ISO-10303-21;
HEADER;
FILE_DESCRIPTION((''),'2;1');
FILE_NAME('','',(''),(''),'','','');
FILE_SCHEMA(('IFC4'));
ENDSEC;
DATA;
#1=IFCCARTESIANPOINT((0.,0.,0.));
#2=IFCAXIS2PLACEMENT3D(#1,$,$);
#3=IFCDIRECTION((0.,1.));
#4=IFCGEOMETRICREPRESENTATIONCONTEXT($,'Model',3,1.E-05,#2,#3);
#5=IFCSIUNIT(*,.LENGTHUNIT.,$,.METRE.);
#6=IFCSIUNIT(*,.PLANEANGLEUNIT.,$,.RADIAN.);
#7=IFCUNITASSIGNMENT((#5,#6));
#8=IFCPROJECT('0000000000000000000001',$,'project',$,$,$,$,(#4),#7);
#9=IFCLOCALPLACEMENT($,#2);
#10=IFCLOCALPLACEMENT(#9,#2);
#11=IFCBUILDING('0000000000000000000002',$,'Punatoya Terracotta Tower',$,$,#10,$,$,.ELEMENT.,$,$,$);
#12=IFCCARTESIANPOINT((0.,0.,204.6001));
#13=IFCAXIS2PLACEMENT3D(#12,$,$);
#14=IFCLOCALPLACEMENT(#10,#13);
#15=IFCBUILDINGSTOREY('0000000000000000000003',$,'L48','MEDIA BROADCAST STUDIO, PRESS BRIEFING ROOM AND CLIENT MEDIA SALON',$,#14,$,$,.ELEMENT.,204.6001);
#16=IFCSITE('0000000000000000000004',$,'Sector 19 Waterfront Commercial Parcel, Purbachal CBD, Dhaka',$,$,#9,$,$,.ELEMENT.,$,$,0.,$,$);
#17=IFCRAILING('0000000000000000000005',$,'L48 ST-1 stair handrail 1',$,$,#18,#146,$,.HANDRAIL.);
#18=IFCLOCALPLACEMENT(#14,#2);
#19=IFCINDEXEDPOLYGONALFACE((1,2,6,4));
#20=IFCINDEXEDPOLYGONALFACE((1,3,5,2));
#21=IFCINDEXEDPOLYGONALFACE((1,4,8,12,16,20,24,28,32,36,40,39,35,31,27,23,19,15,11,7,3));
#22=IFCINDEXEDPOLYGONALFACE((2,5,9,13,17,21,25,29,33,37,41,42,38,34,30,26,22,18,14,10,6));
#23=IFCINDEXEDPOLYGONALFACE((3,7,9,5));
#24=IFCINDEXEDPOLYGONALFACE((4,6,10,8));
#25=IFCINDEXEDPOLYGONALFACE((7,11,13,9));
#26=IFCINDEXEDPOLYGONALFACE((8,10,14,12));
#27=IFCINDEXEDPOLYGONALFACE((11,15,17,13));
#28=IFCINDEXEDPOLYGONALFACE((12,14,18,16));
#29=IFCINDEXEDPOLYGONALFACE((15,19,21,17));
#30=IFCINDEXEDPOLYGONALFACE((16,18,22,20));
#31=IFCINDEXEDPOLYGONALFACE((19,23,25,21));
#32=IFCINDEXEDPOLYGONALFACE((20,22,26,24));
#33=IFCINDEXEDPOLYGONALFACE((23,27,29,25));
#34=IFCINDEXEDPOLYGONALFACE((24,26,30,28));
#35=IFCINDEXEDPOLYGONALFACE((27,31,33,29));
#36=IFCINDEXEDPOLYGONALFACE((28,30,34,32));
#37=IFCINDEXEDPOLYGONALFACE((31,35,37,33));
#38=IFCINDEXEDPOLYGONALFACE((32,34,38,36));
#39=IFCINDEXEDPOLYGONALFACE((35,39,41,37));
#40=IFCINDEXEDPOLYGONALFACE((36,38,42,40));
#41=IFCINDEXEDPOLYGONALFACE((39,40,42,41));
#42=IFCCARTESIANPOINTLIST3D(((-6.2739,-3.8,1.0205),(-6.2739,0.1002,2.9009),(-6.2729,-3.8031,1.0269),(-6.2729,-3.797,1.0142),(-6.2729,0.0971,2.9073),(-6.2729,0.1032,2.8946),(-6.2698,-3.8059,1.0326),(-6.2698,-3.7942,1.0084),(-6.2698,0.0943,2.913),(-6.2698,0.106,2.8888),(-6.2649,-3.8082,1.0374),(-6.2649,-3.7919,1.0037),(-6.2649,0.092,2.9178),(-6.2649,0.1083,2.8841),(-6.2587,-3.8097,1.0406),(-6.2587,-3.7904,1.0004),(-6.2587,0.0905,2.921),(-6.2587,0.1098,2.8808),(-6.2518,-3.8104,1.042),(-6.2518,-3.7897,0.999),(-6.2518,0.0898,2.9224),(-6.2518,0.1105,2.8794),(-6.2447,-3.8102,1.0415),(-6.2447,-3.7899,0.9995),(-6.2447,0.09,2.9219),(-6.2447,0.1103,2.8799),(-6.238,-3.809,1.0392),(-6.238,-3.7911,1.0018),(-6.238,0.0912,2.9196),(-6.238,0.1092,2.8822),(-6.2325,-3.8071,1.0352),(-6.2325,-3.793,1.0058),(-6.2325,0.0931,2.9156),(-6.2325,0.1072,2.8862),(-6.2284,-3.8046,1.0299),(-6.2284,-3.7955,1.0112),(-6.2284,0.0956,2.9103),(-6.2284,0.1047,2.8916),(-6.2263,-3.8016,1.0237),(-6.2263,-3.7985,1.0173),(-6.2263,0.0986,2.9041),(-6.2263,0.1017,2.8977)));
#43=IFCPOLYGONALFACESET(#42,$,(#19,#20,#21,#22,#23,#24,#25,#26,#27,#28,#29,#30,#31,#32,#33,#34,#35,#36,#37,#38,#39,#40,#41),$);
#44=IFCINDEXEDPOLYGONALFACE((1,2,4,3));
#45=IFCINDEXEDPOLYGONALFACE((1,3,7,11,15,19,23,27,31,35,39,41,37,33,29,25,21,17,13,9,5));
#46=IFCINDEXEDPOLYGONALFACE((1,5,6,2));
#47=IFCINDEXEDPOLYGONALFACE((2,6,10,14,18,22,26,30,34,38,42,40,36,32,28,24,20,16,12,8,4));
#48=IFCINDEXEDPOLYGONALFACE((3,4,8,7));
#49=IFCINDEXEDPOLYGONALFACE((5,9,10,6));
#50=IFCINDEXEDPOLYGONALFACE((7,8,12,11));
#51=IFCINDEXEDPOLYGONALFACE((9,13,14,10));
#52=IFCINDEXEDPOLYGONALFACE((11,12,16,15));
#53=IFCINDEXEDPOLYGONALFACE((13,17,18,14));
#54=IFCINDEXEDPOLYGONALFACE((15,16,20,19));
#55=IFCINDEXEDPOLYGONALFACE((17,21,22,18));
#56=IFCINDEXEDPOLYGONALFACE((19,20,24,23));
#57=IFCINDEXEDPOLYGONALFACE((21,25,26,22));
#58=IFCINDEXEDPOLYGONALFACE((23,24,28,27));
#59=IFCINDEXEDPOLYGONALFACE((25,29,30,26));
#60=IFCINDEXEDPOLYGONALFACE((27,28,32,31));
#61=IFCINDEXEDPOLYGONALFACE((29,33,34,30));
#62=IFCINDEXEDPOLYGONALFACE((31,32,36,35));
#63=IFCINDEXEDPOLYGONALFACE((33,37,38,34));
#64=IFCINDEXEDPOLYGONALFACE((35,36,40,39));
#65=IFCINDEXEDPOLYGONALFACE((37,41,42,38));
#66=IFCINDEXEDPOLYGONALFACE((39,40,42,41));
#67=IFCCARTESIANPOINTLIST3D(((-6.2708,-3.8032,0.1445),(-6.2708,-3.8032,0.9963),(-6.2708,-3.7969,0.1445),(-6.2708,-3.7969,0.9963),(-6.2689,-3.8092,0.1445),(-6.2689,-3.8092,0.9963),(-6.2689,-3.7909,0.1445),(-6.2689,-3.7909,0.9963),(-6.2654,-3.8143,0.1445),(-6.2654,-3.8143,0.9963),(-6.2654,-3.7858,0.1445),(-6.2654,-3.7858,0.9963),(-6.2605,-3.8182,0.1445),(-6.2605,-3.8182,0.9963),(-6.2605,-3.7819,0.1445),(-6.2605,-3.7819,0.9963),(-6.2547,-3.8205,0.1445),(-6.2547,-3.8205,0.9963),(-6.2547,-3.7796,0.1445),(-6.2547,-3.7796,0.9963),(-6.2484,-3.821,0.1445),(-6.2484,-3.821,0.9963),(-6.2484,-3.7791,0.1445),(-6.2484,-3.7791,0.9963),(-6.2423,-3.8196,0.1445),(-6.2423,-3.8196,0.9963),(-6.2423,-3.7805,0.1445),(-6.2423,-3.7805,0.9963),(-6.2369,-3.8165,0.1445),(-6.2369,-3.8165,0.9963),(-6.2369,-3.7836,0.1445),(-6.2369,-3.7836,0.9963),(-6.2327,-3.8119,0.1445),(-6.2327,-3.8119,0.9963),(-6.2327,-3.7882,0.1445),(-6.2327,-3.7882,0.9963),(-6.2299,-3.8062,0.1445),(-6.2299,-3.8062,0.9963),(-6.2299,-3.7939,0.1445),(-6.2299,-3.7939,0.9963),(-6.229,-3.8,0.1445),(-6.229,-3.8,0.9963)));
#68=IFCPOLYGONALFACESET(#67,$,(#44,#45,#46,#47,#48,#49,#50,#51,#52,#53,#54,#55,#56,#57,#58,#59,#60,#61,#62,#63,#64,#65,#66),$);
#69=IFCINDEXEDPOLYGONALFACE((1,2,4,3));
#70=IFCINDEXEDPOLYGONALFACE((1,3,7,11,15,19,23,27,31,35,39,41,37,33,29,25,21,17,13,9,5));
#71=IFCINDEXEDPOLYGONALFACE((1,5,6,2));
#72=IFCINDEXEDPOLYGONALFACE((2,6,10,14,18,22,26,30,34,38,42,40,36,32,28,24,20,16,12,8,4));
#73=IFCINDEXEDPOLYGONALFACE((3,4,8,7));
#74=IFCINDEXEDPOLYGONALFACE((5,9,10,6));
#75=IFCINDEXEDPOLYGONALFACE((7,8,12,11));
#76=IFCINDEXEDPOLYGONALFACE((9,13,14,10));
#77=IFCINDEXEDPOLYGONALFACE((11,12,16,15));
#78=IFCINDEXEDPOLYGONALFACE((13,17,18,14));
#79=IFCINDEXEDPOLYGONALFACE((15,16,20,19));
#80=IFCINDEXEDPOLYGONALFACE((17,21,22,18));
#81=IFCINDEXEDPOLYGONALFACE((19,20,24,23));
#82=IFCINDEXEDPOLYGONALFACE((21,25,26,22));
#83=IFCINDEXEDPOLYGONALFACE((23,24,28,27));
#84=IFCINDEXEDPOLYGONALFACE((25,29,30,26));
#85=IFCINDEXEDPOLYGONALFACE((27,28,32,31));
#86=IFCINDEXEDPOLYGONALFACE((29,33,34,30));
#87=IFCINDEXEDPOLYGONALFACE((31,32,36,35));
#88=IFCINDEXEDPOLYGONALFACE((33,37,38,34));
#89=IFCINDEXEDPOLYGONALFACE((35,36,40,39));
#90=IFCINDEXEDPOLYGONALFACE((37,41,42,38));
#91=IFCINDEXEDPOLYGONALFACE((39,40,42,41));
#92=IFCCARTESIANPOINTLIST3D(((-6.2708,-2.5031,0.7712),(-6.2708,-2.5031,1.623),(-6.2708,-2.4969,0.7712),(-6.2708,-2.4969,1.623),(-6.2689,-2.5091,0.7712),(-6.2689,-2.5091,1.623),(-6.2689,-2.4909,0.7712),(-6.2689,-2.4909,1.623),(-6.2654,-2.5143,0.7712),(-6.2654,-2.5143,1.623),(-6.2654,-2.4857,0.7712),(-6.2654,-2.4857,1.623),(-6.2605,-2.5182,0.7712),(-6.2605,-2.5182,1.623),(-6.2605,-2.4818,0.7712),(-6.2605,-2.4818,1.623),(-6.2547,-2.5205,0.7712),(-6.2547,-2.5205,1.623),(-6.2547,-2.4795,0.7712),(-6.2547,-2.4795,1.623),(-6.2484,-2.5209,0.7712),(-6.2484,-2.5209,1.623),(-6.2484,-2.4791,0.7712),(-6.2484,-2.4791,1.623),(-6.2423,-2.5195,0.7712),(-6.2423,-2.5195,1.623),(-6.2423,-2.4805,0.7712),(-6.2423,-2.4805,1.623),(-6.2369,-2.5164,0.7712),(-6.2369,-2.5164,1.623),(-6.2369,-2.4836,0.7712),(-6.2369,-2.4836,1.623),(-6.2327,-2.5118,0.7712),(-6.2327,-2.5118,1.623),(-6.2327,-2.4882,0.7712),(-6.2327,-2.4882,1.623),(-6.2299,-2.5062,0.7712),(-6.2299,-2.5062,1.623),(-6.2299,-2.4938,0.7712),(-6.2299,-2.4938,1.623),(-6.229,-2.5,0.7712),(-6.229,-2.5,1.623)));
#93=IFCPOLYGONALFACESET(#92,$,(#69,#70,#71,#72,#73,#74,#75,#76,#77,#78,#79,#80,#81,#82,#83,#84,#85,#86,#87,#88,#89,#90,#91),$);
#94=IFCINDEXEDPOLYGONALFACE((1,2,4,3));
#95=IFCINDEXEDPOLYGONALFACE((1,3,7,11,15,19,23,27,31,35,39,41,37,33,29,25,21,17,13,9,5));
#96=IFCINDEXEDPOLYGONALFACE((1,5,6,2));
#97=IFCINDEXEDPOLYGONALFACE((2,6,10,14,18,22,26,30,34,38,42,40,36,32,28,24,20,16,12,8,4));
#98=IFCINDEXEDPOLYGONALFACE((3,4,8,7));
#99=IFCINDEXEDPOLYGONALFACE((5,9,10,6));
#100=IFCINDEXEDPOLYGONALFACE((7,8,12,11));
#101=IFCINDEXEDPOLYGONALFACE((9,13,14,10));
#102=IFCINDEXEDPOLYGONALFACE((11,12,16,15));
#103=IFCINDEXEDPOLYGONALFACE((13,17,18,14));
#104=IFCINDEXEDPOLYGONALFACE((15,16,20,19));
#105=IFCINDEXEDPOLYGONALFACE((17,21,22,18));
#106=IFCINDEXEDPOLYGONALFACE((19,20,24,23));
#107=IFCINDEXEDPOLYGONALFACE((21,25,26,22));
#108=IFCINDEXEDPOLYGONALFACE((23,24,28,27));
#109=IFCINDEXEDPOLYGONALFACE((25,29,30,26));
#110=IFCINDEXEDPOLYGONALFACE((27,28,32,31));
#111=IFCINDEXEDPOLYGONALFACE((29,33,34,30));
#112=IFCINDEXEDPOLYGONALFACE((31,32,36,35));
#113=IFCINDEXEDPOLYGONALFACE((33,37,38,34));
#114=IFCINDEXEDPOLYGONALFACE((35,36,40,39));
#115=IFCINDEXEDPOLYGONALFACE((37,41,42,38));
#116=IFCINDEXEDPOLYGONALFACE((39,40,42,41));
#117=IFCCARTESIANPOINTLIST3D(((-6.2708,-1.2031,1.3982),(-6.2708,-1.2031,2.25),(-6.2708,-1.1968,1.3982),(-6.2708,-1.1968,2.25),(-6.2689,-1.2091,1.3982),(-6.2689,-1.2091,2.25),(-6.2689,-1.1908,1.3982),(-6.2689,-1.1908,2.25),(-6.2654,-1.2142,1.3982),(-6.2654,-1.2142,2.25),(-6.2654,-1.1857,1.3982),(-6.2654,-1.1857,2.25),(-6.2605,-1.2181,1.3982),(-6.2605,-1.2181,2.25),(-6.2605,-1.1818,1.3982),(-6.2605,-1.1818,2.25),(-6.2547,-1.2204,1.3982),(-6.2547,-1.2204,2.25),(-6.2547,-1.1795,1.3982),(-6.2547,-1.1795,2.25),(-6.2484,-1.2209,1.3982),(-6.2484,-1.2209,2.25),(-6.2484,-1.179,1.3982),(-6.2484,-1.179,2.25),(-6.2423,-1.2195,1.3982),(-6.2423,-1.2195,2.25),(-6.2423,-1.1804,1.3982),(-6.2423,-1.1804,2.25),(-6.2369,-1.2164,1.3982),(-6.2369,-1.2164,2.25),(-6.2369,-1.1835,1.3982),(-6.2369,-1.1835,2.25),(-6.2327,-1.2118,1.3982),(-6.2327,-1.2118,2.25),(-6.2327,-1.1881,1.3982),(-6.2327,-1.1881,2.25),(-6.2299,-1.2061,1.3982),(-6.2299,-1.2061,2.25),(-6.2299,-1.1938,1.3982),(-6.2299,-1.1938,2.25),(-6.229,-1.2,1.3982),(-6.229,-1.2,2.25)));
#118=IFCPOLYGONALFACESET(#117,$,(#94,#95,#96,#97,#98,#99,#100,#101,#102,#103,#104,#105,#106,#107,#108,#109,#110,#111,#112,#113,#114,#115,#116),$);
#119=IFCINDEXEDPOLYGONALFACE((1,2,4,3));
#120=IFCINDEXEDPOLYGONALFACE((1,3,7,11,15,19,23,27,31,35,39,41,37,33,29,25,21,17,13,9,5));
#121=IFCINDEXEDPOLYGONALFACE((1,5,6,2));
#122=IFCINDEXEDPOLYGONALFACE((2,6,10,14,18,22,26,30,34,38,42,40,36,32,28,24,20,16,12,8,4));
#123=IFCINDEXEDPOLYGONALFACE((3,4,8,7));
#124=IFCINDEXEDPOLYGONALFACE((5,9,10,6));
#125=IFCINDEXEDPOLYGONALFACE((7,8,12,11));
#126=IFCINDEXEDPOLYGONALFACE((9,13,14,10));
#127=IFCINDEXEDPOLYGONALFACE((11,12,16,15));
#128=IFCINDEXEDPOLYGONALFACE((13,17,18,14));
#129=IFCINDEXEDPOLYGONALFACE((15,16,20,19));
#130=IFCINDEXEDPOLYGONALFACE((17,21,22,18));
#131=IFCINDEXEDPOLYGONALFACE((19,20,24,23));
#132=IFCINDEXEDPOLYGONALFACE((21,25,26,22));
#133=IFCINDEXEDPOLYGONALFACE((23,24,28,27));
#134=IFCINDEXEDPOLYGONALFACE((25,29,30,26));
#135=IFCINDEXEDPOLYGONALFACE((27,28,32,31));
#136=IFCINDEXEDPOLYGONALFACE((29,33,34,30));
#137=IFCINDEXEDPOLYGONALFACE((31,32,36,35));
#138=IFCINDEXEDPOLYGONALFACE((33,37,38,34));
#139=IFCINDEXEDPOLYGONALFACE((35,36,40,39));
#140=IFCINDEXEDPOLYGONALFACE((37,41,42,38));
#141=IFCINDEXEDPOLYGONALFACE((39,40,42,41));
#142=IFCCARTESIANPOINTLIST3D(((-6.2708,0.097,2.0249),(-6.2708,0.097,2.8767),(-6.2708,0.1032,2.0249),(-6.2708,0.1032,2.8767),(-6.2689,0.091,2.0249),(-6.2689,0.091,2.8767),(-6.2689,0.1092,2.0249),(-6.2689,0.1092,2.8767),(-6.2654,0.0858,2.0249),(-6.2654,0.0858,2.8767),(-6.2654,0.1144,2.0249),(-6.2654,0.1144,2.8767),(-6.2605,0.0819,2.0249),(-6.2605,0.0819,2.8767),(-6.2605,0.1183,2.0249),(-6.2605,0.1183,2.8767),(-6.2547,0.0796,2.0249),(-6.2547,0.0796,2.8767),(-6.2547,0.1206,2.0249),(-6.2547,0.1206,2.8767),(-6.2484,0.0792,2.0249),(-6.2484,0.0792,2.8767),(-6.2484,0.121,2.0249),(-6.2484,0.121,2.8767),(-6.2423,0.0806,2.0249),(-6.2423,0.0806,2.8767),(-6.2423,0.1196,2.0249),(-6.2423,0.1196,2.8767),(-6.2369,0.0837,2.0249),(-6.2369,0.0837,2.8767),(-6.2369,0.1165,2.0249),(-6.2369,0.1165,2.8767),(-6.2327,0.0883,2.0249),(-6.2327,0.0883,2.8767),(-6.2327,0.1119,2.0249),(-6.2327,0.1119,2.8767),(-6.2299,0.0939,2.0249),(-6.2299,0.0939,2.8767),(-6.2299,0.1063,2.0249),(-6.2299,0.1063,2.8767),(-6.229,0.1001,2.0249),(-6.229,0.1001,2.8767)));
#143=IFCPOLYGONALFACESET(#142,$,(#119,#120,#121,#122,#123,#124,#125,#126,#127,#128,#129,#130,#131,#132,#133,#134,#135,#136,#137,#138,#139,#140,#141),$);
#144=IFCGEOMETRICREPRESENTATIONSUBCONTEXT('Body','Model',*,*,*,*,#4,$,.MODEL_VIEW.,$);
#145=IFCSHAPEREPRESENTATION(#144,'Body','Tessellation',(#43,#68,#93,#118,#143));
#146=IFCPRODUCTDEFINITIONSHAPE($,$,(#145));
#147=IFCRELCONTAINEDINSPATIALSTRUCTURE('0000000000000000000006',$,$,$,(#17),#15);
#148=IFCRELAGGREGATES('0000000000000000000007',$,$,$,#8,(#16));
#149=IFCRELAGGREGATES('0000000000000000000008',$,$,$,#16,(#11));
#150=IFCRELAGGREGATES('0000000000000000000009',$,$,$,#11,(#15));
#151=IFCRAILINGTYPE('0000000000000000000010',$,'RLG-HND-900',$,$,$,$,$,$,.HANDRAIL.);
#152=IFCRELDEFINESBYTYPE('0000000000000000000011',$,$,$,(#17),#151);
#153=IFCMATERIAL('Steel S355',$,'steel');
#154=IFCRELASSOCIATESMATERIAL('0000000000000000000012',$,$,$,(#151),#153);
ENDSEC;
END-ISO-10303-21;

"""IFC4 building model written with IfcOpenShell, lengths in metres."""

from ifc_helpers import new_model, si_unit, direction, frame, origin, origin_2d, place, context, subcontext, project, spatial, circle, extrude, material, type_object, element, save


model = new_model("IFC4")

# Units and contexts
model_context = context("Model", 3, precision=1e-05, world=origin(), true_north=direction((0.0, 1.0)))
body_context = subcontext(model_context, "Body", "Model", "MODEL_VIEW")
ifc_project = project(units=[si_unit("LENGTHUNIT", "METRE"), si_unit("PLANEANGLEUNIT", "RADIAN")], contexts=[model_context])

# Site, building, storey
site_placement = place(None, origin())
site = spatial("IfcSite", under=ifc_project, at=site_placement, Name="Sector 19 Waterfront Commercial Parcel, Purbachal CBD, Dhaka", CompositionType="ELEMENT", RefElevation=0.0)
building_placement = place(site_placement, origin())
building = spatial("IfcBuilding", under=site, at=building_placement, Name="Punatoya Terracotta Tower", CompositionType="ELEMENT")
storey_placement = place(building_placement, frame((0.0, 0.0, 204.6001)))
storey = spatial("IfcBuildingStorey", under=building, at=storey_placement, Name="L48", Description="MEDIA BROADCAST STUDIO, PRESS BRIEFING ROOM AND CLIENT MEDIA SALON", CompositionType="ELEMENT", Elevation=204.6001)

# Railing
ifc_material_1 = material(Name="Steel S355", Category="steel")
railing_type_1 = type_object("IfcRailingType", Name="RLG-HND-900", PredefinedType="HANDRAIL", material=ifc_material_1)
railing_1_placement = place(storey_placement, frame((-6.25, -3.8, 0.1445)))
element("IfcRailing", 1, at=railing_1_placement, inside=storey, type_object=railing_type_1, Name="L48 ST-1 stair handrail 1", PredefinedType="HANDRAIL", context=body_context, shape_type="SweptSolid", body=[
    extrude(circle(Radius=0.0239, at=origin_2d()), frame((0.0, 0.0, 0.876), z_axis=(0.0, 0.900774, 0.434289), x_axis=(-1.0, 0.0, 0.0)), (0.0, 0.0, 1.0), 4.3298),
    extrude(circle(Radius=0.021, at=origin_2d()), origin(), (0.0, 0.0, 1.0), 0.8518),
    extrude(circle(Radius=0.021, at=origin_2d()), frame((0.0, 1.3, 0.6267)), (0.0, 0.0, 1.0), 0.8518),
    extrude(circle(Radius=0.021, at=origin_2d()), frame((0.0, 2.6001, 1.2537)), (0.0, 0.0, 1.0), 0.8518),
    extrude(circle(Radius=0.021, at=origin_2d()), frame((0.0, 3.9001, 1.8804)), (0.0, 0.0, 1.0), 0.8518),
])

save(model, "model.ifc")
